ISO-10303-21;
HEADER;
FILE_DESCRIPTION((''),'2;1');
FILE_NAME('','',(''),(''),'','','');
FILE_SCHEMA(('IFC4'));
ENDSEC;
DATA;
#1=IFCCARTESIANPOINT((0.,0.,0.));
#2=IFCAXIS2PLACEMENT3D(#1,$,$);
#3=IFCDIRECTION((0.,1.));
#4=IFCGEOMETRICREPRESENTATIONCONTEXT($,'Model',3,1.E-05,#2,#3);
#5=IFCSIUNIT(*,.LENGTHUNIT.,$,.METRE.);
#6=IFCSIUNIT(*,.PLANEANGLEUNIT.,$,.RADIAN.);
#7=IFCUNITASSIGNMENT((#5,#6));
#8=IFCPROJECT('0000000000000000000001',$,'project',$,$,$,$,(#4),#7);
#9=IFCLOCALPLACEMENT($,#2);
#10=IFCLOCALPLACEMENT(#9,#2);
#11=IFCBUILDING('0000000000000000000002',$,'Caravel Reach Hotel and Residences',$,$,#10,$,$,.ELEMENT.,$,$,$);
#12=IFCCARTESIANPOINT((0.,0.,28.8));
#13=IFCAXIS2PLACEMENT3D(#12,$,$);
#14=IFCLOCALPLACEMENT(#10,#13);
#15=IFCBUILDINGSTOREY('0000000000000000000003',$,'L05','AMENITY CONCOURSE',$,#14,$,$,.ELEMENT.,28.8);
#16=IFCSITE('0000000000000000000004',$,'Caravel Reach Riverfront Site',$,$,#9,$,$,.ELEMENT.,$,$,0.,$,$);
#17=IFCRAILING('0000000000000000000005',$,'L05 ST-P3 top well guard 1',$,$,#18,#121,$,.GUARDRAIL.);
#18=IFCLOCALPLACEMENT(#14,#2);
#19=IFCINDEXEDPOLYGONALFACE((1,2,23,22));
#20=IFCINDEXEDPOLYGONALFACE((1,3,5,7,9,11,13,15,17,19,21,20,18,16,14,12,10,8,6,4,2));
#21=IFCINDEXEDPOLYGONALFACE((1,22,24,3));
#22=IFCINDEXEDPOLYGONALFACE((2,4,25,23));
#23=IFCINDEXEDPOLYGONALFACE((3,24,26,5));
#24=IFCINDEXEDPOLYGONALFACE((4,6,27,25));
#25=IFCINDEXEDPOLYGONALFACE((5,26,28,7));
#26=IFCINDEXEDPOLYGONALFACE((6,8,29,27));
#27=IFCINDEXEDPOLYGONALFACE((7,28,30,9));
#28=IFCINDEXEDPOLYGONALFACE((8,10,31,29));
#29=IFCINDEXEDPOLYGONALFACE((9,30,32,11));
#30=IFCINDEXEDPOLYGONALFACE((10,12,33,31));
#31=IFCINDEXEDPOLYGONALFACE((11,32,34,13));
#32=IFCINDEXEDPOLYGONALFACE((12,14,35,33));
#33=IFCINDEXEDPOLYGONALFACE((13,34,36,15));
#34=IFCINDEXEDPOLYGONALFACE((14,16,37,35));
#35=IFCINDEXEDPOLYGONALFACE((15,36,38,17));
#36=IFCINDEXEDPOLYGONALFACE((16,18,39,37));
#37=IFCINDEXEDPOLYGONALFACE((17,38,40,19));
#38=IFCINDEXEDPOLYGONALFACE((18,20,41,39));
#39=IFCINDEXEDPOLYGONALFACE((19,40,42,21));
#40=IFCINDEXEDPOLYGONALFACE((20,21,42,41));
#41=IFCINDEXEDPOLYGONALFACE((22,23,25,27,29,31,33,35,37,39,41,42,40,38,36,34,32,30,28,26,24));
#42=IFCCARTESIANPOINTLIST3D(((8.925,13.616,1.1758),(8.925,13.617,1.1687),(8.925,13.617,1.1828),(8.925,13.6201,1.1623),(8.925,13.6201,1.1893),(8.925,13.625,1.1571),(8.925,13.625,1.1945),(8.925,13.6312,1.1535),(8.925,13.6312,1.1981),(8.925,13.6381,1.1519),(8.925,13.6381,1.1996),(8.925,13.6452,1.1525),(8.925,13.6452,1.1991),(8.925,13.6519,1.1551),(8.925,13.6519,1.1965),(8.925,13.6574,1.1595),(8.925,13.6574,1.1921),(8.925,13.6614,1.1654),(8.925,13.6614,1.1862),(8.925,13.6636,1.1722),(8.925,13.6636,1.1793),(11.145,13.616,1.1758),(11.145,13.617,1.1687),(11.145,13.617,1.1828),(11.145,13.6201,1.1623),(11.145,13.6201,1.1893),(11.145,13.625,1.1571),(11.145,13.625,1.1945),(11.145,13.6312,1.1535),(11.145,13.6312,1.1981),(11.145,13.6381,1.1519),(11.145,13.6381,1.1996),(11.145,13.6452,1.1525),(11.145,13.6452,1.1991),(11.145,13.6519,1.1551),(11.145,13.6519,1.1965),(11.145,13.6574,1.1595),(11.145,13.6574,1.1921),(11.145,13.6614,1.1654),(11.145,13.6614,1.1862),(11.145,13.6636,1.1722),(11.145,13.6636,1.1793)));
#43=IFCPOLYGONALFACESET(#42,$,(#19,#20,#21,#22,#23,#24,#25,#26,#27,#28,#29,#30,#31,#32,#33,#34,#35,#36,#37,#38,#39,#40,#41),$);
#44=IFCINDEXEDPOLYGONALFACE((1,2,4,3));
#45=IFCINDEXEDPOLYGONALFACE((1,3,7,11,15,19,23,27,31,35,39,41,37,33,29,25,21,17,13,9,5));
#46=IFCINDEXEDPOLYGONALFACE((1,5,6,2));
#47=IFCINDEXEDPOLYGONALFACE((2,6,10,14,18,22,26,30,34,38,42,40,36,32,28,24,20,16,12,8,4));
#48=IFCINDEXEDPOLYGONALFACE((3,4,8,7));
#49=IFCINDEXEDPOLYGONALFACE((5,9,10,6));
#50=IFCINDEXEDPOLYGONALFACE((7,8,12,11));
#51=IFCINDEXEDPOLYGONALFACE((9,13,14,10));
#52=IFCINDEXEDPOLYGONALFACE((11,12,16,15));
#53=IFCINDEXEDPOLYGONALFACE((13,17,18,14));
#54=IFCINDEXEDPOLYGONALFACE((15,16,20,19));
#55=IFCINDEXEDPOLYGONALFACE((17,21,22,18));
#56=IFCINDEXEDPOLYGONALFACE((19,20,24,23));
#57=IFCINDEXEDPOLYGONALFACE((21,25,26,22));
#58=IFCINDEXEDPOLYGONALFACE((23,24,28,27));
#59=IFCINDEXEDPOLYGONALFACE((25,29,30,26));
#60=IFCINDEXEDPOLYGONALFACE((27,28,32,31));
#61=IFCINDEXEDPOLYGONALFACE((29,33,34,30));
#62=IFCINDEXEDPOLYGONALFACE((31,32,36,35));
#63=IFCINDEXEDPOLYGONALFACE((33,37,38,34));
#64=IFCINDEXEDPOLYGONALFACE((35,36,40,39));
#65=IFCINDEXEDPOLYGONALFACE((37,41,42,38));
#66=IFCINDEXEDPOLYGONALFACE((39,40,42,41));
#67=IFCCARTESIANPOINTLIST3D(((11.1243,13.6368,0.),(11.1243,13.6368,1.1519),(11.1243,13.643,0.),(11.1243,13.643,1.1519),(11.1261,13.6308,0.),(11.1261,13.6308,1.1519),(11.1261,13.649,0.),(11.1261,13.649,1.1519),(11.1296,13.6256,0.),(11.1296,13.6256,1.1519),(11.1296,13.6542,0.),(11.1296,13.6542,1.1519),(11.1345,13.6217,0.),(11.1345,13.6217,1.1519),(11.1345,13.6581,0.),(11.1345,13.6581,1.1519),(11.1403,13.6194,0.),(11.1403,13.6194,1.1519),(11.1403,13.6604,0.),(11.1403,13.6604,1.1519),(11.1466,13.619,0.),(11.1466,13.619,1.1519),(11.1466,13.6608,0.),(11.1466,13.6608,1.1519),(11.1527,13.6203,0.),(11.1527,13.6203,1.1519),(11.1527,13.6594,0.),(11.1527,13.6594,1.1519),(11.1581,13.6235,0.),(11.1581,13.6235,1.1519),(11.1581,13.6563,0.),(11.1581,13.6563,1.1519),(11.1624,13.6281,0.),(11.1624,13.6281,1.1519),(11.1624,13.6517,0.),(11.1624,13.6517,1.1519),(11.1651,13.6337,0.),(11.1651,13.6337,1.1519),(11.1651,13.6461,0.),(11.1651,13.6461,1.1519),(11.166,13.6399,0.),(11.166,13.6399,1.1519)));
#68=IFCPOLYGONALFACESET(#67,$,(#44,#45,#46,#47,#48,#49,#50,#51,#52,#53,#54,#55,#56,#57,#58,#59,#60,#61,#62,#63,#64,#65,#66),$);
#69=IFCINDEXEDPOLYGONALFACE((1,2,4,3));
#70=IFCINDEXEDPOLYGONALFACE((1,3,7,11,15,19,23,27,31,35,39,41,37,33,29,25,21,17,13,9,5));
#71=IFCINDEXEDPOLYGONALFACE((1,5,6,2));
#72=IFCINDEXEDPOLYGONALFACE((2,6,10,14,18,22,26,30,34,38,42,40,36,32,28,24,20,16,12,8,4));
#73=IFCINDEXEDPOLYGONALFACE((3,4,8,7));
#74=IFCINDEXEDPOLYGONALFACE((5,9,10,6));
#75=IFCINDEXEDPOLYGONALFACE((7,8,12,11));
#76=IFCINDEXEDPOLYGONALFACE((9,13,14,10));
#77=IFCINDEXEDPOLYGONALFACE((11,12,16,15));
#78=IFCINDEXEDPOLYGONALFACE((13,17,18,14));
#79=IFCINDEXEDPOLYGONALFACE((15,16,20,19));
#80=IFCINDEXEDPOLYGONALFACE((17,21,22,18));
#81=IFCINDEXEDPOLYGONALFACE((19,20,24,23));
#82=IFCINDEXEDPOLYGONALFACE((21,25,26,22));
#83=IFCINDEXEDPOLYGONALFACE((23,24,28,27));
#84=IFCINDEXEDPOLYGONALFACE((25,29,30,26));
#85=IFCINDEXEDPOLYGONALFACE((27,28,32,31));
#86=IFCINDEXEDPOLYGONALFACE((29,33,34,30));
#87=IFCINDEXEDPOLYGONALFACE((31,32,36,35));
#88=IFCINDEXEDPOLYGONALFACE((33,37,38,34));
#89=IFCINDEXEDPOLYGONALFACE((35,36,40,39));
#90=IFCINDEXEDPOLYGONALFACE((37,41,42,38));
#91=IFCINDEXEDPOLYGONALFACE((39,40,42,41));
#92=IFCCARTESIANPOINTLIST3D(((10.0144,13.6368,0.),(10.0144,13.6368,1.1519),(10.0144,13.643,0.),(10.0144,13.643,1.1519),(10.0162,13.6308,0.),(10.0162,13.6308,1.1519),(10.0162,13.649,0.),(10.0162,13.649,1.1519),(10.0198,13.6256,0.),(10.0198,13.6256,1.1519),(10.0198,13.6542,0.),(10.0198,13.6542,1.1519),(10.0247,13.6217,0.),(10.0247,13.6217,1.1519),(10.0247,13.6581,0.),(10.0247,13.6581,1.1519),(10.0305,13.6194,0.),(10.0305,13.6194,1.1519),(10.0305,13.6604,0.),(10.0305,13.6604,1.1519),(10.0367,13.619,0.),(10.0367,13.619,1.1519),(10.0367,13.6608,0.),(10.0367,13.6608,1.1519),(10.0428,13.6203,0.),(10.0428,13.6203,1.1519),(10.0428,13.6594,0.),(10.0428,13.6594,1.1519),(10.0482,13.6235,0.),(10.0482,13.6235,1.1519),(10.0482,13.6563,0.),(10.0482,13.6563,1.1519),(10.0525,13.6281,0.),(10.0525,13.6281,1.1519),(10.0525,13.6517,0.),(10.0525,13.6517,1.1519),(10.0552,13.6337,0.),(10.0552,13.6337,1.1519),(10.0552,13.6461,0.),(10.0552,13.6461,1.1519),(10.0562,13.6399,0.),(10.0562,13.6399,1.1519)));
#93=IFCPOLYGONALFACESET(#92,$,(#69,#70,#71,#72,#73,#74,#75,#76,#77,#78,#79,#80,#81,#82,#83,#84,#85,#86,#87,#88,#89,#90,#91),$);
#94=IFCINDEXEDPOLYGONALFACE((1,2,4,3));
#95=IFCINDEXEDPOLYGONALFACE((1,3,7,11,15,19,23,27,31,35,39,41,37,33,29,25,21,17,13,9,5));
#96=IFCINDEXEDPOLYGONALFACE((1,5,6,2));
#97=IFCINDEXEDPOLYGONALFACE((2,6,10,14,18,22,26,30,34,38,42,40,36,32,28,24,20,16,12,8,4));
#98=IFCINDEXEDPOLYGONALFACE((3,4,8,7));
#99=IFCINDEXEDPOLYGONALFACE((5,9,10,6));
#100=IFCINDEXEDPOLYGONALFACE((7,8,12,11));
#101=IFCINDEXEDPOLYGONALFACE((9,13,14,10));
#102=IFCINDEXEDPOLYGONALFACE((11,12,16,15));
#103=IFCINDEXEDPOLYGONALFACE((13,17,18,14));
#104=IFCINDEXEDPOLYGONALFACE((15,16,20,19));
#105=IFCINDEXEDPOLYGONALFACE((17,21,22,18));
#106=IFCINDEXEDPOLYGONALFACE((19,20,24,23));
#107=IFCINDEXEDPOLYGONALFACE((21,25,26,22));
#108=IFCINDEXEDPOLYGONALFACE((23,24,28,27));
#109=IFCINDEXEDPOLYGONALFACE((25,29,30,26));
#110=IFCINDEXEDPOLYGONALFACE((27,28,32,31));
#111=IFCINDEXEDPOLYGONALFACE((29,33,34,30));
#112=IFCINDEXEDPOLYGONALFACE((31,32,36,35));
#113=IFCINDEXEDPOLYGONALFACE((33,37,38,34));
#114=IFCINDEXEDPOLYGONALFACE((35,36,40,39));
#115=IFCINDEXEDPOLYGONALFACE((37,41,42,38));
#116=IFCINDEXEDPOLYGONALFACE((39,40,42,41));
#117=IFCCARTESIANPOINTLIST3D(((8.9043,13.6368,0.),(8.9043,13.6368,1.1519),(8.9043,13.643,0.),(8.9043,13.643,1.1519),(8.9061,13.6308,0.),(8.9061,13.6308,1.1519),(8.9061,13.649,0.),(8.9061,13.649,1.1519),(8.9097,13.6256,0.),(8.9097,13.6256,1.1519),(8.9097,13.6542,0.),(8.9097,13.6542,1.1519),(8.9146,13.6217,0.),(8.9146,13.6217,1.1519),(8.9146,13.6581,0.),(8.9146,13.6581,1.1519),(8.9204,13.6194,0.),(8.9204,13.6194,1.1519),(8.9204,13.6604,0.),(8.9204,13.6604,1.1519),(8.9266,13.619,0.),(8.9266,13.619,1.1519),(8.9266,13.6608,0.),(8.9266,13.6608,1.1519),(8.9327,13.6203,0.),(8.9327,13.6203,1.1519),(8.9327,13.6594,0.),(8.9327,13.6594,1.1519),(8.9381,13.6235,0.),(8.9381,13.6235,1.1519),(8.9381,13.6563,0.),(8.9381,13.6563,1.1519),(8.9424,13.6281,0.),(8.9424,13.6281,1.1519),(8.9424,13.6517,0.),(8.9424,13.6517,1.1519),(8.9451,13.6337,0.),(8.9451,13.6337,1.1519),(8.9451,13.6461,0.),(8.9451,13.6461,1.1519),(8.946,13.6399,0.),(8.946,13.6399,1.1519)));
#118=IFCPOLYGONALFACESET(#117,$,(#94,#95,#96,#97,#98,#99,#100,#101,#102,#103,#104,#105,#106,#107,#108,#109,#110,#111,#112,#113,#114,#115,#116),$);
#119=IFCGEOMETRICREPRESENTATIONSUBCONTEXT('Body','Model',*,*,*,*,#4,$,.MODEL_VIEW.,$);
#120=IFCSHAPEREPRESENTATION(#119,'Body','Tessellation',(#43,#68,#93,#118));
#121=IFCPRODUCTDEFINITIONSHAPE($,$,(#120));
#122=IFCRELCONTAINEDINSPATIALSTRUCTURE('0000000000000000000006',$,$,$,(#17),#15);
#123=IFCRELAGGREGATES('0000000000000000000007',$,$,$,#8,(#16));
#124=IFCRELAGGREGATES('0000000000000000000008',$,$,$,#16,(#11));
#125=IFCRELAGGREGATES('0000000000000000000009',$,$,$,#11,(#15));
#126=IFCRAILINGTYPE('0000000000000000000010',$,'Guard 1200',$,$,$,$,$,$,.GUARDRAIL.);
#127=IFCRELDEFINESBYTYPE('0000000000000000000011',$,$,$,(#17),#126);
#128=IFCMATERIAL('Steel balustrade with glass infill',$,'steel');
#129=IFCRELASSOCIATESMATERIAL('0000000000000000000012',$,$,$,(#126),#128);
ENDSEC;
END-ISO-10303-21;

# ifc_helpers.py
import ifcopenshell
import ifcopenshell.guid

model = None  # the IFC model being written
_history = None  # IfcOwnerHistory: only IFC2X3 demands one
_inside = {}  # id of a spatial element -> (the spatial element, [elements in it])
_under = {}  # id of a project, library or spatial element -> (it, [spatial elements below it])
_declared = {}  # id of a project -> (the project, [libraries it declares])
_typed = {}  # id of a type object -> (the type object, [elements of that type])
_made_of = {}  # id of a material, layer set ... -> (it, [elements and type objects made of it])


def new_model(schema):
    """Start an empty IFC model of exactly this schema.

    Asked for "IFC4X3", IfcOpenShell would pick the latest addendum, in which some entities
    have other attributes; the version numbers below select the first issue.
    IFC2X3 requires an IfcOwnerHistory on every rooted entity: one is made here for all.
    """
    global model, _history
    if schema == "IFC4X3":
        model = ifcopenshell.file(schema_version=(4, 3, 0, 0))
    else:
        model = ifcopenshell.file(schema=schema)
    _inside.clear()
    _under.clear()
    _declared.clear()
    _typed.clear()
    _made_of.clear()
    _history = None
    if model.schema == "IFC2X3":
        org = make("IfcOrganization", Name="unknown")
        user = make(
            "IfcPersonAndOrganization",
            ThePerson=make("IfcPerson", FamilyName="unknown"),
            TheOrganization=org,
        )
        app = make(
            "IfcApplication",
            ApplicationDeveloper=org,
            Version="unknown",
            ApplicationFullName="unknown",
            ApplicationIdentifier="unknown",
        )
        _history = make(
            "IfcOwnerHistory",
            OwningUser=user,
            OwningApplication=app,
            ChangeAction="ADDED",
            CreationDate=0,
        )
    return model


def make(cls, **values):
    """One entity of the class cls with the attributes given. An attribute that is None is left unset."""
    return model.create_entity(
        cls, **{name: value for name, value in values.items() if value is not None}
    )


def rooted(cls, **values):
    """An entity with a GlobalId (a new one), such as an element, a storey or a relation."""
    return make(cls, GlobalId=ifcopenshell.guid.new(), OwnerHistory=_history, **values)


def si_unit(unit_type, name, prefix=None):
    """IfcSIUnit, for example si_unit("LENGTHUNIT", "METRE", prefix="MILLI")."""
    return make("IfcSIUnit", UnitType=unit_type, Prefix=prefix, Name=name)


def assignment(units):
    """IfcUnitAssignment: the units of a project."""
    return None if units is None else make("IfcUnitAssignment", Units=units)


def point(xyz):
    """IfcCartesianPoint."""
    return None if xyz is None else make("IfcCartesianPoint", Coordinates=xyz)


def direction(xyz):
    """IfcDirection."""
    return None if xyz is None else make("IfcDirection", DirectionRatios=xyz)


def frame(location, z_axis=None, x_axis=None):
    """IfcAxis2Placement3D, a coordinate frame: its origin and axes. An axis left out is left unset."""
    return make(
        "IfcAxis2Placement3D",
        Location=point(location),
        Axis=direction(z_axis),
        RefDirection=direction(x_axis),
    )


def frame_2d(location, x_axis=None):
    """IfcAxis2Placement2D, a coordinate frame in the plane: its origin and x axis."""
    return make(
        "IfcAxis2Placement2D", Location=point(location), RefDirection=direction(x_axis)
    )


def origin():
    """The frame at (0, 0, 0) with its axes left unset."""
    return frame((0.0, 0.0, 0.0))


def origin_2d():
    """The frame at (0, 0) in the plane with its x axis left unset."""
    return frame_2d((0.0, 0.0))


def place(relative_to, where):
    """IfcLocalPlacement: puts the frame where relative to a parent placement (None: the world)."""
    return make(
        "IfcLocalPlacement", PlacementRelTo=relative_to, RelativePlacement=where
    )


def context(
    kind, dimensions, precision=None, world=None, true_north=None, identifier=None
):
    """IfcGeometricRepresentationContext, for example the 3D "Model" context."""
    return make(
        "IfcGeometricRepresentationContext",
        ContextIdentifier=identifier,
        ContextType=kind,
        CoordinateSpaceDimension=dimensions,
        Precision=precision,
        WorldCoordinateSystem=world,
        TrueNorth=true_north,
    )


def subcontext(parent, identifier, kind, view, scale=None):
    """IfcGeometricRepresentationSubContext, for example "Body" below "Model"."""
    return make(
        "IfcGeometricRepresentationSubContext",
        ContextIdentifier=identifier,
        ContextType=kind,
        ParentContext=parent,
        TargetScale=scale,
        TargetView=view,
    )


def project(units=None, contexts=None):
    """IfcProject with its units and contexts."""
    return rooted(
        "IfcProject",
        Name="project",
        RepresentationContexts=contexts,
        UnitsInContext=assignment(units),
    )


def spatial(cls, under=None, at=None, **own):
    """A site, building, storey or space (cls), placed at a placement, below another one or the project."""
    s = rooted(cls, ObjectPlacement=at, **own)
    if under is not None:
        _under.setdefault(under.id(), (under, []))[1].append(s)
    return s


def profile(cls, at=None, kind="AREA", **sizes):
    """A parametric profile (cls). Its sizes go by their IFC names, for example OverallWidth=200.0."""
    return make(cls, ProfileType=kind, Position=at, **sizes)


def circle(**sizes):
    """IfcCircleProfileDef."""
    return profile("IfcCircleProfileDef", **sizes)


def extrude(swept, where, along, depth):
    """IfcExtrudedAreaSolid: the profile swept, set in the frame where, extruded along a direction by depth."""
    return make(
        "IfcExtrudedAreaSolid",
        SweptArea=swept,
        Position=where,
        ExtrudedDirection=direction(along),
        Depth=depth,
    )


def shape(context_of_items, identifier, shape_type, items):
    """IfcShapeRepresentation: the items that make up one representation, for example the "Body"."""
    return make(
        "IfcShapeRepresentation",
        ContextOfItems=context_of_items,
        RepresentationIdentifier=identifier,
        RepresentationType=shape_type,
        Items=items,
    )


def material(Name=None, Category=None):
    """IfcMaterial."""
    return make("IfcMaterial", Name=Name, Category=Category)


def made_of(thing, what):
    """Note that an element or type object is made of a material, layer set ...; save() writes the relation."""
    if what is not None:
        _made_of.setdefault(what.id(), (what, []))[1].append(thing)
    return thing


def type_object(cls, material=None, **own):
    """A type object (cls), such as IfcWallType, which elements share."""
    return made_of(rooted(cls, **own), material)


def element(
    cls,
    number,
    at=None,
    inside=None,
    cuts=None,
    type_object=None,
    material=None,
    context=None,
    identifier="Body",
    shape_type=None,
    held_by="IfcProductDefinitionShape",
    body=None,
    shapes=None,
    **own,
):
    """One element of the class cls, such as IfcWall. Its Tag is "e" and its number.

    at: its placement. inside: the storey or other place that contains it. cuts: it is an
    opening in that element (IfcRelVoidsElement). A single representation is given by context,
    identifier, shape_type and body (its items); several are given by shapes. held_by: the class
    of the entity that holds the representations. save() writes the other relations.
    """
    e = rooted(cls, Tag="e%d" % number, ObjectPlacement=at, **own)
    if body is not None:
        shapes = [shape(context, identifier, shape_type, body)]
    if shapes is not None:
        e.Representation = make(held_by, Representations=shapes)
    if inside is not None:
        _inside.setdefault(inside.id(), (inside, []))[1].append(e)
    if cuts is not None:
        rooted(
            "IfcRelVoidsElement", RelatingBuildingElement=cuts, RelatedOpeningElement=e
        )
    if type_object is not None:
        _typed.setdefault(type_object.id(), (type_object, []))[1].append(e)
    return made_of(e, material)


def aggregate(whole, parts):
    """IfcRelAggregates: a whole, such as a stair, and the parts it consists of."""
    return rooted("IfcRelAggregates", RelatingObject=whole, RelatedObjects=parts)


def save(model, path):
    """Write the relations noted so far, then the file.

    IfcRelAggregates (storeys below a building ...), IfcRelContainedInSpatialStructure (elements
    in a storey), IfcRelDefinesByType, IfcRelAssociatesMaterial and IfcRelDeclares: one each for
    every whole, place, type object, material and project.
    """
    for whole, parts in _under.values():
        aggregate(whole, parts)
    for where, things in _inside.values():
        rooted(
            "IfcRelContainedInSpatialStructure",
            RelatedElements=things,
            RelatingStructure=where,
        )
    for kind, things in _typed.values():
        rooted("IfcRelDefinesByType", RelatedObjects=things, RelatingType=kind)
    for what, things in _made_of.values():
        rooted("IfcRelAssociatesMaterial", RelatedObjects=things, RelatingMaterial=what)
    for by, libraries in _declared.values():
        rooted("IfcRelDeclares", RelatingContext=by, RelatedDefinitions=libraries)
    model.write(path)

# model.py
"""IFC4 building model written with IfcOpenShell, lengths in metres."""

from ifc_helpers import new_model, si_unit, direction, frame, origin, origin_2d, place, context, subcontext, project, spatial, circle, extrude, material, type_object, element, save


model = new_model("IFC4")

# Units and contexts
model_context = context("Model", 3, precision=1e-05, world=origin(), true_north=direction((0.0, 1.0)))
body_context = subcontext(model_context, "Body", "Model", "MODEL_VIEW")
ifc_project = project(units=[si_unit("LENGTHUNIT", "METRE"), si_unit("PLANEANGLEUNIT", "RADIAN")], contexts=[model_context])

# Site, building, storey
site_placement = place(None, origin())
site = spatial("IfcSite", under=ifc_project, at=site_placement, Name="Caravel Reach Riverfront Site", CompositionType="ELEMENT", RefElevation=0.0)
building_placement = place(site_placement, origin())
building = spatial("IfcBuilding", under=site, at=building_placement, Name="Caravel Reach Hotel and Residences", CompositionType="ELEMENT")
storey_placement = place(building_placement, frame((0.0, 0.0, 28.8)))
storey = spatial("IfcBuildingStorey", under=building, at=storey_placement, Name="L05", Description="AMENITY CONCOURSE", CompositionType="ELEMENT", Elevation=28.8)

# Railing
ifc_material_1 = material(Name="Steel balustrade with glass infill", Category="steel")
railing_type_1 = type_object("IfcRailingType", Name="Guard 1200", PredefinedType="GUARDRAIL", material=ifc_material_1)
railing_1_placement = place(storey_placement, frame((11.145, 13.6399, 0.0)))
element("IfcRailing", 1, at=railing_1_placement, inside=storey, type_object=railing_type_1, Name="L05 ST-P3 top well guard 1", PredefinedType="GUARDRAIL", context=body_context, shape_type="SweptSolid", body=[
    extrude(circle(Radius=0.0239, at=origin_2d()), frame((0.0, 0.0, 1.1758), z_axis=(-1.0, 0.0, 0.0), x_axis=(0.0, -1.0, 0.0)), (0.0, 0.0, 1.0), 2.22),
    extrude(circle(Radius=0.021, at=origin_2d()), origin(), (0.0, 0.0, 1.0), 1.1519),
    extrude(circle(Radius=0.021, at=origin_2d()), frame((-1.1099, 0.0, 0.0)), (0.0, 0.0, 1.0), 1.1519),
    extrude(circle(Radius=0.021, at=origin_2d()), frame((-2.22, 0.0, 0.0)), (0.0, 0.0, 1.0), 1.1519),
])

save(model, "model.ifc")
